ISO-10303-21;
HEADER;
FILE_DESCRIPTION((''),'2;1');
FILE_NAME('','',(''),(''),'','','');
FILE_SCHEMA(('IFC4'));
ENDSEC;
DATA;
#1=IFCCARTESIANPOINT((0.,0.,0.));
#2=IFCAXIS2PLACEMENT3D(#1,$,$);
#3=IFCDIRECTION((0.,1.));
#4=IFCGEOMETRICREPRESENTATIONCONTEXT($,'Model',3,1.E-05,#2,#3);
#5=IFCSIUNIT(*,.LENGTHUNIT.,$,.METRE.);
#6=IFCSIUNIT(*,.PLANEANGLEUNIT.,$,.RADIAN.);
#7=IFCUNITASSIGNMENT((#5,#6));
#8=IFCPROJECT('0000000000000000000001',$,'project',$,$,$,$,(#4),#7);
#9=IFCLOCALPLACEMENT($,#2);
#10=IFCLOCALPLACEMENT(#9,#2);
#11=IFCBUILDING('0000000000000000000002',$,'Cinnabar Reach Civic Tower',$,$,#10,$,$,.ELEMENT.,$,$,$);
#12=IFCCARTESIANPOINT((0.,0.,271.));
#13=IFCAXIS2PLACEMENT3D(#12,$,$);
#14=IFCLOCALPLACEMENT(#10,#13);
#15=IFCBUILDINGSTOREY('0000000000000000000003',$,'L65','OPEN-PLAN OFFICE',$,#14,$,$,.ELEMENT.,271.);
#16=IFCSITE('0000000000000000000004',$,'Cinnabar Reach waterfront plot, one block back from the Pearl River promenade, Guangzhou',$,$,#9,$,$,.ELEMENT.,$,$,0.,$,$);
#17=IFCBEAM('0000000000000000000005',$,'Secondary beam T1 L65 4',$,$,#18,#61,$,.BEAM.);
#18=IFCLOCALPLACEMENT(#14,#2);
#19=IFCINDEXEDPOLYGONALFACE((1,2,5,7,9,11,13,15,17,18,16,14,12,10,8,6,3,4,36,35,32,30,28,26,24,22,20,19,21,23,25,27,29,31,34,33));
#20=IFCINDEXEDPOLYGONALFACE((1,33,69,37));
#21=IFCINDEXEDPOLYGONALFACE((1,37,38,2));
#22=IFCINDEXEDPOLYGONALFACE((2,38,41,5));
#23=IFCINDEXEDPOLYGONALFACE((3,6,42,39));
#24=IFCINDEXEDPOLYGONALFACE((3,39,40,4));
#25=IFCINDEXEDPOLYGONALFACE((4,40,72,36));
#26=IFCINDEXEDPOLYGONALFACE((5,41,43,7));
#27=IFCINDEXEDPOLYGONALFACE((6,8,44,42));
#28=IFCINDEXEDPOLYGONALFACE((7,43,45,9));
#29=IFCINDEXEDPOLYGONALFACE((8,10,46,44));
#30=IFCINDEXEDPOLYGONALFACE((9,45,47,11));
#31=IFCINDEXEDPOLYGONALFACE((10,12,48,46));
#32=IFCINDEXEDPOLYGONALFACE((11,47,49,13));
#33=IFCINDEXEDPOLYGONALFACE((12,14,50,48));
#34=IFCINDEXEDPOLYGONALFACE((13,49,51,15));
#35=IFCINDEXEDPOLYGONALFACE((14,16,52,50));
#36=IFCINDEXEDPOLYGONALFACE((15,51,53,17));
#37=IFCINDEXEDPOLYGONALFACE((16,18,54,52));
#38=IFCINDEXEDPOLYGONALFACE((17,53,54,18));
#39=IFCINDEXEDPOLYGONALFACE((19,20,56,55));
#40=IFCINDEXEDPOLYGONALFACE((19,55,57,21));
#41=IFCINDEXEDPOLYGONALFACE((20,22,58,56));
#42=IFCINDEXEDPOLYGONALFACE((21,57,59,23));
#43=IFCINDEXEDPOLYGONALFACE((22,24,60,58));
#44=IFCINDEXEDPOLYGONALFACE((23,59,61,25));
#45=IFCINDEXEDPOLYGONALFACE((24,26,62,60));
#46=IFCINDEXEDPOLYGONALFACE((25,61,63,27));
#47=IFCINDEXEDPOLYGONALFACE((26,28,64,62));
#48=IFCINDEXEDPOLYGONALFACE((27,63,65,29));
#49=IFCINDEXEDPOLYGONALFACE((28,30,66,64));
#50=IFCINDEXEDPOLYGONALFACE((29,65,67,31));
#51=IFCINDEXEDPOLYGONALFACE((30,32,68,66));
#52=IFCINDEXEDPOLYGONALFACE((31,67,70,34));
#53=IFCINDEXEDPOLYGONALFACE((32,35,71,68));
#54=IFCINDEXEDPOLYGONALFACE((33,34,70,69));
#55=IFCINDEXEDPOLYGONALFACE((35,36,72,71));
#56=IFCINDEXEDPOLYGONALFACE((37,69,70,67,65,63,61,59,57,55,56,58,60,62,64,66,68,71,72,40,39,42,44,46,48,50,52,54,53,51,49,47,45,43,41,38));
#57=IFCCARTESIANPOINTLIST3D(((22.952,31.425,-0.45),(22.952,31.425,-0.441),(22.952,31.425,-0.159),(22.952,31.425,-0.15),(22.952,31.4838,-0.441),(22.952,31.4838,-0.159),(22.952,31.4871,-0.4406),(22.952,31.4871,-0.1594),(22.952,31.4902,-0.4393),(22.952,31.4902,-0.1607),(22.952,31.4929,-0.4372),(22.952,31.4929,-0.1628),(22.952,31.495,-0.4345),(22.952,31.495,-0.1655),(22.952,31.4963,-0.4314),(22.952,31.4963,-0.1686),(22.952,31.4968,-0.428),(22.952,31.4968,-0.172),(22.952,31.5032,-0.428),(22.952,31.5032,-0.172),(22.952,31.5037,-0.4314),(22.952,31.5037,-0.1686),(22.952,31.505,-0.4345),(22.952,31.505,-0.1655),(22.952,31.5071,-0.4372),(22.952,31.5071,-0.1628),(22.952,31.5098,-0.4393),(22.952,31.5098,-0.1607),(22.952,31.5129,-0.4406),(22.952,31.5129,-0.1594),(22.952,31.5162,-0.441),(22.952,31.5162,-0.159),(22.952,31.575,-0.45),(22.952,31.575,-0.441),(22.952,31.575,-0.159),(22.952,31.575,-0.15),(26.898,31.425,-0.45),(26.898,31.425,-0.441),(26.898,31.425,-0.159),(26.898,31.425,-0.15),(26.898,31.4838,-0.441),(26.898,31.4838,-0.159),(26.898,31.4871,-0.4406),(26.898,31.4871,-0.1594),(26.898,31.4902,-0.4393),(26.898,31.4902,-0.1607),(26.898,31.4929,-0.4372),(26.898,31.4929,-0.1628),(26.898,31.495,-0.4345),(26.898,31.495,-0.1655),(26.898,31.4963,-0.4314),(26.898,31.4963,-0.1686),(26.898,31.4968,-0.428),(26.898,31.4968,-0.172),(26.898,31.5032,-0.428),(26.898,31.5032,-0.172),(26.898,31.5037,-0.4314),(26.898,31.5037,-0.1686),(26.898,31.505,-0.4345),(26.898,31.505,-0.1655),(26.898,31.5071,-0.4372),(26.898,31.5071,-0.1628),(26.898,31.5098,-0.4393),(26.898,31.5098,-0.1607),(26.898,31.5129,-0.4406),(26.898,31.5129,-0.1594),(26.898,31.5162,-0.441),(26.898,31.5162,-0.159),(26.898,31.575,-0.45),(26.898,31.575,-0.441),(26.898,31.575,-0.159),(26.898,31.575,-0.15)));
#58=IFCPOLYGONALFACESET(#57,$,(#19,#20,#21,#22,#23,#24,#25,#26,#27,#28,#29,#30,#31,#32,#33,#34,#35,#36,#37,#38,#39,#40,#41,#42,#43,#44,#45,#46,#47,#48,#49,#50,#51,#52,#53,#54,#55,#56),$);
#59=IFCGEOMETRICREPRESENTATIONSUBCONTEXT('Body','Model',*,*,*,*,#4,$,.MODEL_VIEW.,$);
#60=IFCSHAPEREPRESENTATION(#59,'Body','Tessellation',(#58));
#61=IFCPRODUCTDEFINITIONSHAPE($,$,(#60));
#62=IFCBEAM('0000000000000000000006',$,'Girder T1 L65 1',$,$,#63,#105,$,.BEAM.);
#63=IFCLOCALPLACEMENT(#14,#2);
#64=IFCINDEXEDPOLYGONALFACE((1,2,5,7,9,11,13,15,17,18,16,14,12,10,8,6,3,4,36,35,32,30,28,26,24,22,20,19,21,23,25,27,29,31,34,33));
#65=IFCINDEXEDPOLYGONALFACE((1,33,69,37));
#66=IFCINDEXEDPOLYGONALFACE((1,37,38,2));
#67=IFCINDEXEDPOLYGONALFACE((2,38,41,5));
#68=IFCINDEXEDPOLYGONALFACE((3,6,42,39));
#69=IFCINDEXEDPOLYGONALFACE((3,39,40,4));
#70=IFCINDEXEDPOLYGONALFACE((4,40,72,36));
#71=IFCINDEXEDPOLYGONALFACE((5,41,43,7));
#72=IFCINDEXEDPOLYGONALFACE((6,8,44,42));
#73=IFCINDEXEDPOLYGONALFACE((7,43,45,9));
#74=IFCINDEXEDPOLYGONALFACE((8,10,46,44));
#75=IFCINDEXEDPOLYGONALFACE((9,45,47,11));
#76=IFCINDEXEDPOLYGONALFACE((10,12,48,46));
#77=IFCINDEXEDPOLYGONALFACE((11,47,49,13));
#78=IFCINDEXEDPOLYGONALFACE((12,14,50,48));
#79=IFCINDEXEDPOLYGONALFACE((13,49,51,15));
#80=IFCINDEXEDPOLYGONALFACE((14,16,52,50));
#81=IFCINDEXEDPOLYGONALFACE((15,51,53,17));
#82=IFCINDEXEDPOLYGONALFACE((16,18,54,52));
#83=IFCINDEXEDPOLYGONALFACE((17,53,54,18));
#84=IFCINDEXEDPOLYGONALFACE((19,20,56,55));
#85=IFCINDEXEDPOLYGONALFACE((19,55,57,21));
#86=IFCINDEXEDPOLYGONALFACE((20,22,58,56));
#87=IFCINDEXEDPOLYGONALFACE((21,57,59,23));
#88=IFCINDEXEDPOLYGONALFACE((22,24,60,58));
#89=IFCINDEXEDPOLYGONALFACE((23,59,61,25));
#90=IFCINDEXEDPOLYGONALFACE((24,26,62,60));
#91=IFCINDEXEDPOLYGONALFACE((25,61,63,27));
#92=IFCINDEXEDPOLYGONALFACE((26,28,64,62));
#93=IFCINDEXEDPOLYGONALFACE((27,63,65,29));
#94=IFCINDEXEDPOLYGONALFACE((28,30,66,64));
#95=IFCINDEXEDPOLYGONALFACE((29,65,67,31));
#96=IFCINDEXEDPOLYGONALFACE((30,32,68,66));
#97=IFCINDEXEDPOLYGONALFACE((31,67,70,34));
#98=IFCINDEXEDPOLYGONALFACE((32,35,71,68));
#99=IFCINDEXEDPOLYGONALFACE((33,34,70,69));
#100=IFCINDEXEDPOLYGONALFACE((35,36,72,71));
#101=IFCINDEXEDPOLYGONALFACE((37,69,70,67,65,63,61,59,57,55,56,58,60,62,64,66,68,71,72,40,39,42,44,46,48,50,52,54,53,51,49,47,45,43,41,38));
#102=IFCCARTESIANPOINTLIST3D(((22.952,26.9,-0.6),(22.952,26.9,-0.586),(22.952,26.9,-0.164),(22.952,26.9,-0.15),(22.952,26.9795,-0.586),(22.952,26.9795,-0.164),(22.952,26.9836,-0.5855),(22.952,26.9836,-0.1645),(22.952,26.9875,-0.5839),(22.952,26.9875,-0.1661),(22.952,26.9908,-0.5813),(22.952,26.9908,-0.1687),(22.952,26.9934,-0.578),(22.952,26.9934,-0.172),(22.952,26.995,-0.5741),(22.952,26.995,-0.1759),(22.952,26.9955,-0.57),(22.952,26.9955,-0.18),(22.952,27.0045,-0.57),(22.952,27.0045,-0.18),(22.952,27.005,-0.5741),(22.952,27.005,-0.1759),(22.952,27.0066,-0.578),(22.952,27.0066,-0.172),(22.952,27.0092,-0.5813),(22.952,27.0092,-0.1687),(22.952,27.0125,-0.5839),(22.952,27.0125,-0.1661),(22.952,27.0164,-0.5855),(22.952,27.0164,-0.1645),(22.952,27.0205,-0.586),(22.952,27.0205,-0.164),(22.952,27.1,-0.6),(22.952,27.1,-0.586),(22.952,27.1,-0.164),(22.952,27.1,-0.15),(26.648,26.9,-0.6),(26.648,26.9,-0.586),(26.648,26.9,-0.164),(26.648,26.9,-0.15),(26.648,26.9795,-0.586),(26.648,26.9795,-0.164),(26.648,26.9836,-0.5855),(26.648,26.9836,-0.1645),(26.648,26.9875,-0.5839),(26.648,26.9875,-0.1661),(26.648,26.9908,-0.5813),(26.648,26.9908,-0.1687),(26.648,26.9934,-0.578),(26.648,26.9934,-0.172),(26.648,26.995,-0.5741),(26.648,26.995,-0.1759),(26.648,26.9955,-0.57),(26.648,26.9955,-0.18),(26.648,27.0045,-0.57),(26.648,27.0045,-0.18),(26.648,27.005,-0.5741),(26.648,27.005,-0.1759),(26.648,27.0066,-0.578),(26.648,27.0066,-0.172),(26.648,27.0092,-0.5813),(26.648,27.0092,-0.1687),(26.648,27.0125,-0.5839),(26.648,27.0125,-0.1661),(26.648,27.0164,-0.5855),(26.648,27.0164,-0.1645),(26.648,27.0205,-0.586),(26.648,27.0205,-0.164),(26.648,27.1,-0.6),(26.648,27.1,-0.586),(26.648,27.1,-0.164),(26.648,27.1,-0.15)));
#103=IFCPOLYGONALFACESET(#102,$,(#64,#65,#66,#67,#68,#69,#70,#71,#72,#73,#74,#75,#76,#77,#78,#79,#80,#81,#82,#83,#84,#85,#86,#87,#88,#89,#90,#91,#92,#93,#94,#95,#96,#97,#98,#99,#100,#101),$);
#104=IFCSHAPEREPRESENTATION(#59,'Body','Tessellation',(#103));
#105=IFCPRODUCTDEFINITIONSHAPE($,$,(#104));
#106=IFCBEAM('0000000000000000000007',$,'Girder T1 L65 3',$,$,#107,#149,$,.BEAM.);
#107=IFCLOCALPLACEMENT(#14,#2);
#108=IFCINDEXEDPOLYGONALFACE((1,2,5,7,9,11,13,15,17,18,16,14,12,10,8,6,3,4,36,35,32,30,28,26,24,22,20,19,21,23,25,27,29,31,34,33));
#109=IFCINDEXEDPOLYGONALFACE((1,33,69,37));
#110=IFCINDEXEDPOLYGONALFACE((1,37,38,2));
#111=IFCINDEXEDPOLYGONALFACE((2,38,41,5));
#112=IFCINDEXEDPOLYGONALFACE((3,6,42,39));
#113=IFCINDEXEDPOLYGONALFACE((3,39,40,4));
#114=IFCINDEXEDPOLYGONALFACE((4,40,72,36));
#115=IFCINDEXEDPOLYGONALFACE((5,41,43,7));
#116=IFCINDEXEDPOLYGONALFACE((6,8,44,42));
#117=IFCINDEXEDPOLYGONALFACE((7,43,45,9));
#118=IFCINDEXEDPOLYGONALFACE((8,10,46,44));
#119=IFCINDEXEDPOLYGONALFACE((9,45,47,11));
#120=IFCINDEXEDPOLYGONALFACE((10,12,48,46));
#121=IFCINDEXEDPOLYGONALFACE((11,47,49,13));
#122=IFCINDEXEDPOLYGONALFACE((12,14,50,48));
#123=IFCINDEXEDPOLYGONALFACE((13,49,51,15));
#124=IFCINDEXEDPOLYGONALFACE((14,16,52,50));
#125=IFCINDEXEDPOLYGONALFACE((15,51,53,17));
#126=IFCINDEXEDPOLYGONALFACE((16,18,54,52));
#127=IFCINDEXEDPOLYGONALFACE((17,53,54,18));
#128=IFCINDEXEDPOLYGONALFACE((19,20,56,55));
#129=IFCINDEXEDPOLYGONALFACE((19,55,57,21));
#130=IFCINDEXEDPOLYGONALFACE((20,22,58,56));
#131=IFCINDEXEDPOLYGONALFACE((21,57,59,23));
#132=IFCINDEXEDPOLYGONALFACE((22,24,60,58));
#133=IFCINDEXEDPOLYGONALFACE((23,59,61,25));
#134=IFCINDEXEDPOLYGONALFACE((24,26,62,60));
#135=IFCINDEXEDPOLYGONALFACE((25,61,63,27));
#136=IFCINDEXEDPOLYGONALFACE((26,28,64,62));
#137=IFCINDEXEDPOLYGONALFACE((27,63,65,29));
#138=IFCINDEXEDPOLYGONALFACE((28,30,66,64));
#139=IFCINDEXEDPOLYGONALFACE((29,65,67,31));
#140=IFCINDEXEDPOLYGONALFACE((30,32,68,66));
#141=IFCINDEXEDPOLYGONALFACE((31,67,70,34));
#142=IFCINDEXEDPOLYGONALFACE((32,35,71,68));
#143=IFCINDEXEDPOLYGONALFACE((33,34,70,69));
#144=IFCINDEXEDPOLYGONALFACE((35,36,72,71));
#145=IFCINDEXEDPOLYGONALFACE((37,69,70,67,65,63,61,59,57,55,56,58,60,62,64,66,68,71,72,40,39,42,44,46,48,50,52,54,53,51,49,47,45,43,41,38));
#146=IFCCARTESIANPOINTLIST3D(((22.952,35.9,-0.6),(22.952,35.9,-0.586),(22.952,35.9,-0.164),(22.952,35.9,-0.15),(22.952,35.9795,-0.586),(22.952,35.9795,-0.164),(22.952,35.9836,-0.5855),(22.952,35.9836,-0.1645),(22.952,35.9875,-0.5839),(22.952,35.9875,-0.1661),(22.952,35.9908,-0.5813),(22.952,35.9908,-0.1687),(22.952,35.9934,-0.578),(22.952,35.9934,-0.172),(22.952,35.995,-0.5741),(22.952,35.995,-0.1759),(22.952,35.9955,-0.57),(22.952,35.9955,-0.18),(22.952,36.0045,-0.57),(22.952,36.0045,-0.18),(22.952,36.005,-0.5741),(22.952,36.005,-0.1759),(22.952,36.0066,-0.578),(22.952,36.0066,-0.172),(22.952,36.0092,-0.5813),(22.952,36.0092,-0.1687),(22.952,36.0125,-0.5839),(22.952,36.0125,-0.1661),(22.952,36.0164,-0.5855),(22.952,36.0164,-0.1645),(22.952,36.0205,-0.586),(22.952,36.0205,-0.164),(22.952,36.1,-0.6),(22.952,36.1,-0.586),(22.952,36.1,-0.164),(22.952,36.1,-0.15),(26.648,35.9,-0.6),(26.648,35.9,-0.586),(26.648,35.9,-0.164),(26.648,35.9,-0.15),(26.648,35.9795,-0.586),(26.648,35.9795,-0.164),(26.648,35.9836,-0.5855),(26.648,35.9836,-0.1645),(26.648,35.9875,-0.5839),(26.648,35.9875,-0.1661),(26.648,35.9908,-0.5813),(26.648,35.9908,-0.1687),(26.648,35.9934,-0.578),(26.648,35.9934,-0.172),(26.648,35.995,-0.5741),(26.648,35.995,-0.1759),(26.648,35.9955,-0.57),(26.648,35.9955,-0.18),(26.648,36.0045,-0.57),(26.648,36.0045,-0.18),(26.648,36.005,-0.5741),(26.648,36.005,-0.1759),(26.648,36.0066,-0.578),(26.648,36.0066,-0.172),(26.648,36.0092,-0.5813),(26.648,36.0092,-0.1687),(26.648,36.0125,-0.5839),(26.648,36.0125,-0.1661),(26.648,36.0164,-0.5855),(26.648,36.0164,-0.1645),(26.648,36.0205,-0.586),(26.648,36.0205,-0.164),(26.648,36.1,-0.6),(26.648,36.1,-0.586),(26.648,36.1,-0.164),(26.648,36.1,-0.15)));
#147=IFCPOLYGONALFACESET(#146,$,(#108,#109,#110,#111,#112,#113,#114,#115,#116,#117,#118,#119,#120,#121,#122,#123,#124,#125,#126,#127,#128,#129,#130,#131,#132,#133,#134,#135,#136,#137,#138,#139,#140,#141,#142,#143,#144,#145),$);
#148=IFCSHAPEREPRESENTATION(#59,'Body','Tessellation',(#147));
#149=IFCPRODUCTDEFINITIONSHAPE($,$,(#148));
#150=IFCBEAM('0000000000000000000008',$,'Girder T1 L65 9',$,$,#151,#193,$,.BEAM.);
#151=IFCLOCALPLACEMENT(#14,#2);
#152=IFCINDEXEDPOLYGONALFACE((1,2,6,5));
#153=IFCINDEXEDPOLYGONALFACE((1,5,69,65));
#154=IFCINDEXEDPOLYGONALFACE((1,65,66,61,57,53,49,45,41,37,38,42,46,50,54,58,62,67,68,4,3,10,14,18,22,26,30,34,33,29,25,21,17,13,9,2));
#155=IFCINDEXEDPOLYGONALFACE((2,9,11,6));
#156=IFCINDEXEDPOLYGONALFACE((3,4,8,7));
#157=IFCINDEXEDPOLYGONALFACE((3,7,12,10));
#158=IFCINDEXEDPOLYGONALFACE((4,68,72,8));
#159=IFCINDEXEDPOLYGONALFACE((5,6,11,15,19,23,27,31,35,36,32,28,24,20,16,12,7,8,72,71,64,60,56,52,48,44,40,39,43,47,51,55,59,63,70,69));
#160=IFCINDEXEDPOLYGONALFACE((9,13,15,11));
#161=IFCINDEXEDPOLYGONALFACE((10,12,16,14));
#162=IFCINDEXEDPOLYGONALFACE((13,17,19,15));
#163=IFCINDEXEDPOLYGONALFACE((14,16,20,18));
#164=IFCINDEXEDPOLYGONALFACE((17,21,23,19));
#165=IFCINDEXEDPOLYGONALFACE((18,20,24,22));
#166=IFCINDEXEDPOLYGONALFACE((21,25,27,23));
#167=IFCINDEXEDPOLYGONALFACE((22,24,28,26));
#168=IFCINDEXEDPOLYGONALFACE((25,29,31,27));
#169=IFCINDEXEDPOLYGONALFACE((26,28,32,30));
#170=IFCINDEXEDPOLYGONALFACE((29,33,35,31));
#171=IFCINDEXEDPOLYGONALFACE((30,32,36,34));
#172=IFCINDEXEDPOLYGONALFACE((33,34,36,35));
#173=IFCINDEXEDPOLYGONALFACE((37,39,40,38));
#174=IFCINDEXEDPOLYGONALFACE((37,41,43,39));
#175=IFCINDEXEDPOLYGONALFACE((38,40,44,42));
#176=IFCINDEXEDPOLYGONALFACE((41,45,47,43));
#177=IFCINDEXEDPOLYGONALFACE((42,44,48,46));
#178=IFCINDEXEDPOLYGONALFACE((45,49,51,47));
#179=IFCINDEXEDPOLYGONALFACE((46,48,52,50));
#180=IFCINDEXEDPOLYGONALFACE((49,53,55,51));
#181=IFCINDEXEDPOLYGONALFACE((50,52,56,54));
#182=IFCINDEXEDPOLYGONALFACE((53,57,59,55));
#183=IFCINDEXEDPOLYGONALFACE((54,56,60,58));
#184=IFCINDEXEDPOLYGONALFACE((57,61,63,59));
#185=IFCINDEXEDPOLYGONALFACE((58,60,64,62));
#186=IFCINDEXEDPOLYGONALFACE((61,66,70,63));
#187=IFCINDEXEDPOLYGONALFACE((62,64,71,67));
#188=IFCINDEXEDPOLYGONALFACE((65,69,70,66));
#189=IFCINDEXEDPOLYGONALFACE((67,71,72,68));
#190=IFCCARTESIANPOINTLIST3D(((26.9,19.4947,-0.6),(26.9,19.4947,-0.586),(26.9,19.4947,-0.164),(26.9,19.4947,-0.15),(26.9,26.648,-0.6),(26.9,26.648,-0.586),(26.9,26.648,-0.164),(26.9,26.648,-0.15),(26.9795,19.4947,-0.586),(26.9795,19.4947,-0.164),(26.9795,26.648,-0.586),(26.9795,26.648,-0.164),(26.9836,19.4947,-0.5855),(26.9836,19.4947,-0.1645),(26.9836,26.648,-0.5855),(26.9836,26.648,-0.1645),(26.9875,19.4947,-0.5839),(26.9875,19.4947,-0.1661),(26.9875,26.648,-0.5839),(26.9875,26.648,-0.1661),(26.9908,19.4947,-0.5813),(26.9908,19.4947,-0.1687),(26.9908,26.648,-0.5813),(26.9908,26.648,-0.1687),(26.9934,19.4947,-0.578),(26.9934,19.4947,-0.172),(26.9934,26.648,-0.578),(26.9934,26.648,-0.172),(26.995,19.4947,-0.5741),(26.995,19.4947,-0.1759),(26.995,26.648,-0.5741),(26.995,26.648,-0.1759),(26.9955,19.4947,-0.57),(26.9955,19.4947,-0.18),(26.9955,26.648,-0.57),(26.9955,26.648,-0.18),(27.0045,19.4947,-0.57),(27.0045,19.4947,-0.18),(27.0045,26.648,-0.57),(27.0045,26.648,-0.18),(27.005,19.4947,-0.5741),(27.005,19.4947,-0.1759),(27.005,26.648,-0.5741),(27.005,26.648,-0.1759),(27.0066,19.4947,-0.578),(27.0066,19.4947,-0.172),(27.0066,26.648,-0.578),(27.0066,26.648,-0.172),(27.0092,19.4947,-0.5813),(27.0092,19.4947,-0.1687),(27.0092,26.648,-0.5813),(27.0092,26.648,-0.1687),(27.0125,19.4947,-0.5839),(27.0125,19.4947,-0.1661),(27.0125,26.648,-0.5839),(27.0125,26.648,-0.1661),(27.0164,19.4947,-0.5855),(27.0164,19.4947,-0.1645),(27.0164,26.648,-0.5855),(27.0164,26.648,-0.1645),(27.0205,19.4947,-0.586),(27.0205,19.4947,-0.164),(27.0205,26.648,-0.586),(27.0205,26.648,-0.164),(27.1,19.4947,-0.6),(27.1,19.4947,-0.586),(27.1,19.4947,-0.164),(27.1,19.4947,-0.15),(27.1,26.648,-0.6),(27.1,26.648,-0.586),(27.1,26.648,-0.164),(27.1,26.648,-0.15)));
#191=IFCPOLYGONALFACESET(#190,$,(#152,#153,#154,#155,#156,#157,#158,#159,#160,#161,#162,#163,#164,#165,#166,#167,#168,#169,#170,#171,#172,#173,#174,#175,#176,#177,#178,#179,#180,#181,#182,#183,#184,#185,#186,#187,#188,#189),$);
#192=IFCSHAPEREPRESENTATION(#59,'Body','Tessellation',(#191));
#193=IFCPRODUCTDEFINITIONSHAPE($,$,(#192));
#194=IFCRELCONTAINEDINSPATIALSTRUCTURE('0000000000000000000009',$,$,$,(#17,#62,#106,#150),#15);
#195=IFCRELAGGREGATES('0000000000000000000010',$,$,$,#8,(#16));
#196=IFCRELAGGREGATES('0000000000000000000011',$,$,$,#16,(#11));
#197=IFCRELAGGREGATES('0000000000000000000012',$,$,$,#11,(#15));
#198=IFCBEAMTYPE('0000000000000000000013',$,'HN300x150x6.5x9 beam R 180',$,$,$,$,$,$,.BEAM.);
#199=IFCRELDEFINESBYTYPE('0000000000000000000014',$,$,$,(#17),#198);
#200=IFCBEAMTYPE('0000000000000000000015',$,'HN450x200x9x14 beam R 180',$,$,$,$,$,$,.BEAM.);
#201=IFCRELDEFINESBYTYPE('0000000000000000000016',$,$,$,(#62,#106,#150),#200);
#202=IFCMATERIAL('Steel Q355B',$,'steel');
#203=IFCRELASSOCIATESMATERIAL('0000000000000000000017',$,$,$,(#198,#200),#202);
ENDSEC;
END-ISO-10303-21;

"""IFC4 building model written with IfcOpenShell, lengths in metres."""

from ifc_helpers import new_model, si_unit, direction, frame, origin, origin_2d, place, context, subcontext, project, spatial, i_section, extrude, material, material_profile, profile_set, type_object, element, save


model = new_model("IFC4")

# Units and contexts
model_context = context("Model", 3, precision=1e-05, world=origin(), true_north=direction((0.0, 1.0)))
body_context = subcontext(model_context, "Body", "Model", "MODEL_VIEW")
ifc_project = project(units=[si_unit("LENGTHUNIT", "METRE"), si_unit("PLANEANGLEUNIT", "RADIAN")], contexts=[model_context])

# Site, building, storey
site_placement = place(None, origin())
site = spatial("IfcSite", under=ifc_project, at=site_placement, Name="Cinnabar Reach waterfront plot, one block back from the Pearl River promenade, Guangzhou", CompositionType="ELEMENT", RefElevation=0.0)
building_placement = place(site_placement, origin())
building = spatial("IfcBuilding", under=site, at=building_placement, Name="Cinnabar Reach Civic Tower", CompositionType="ELEMENT")
storey_placement = place(building_placement, frame((0.0, 0.0, 271.0)))
storey = spatial("IfcBuildingStorey", under=building, at=storey_placement, Name="L65", Description="OPEN-PLAN OFFICE", CompositionType="ELEMENT", Elevation=271.0)

# Beams
ifc_material_1 = material(Name="Steel Q355B", Category="steel")
ifc_material_profile_1 = material_profile(ifc_material_1, i_section(OverallWidth=0.15, OverallDepth=0.3, WebThickness=0.0065, FlangeThickness=0.009, FilletRadius=0.013, at=origin_2d()), Name="HN300x150x6.5x9")
ifc_profile_set_1 = profile_set([ifc_material_profile_1], Name="Steel Q355B")
beam_type_1 = type_object("IfcBeamType", Name="HN300x150x6.5x9 beam R 180", PredefinedType="BEAM", material=ifc_profile_set_1)
for number, where, z_axis, x_axis, name in (
    (1, (22.952, 31.5, -0.3), (1.0, 0.0, 0.0), (0.0, 1.0, 0.0), "Secondary beam T1 L65 4"),
):
    element("IfcBeam", number, at=place(storey_placement, frame(where, z_axis=z_axis, x_axis=x_axis)), inside=storey, type_object=beam_type_1, Name=name, PredefinedType="BEAM", context=body_context, shape_type="SweptSolid", body=[
        extrude(i_section(OverallWidth=0.15, OverallDepth=0.3, WebThickness=0.0065, FlangeThickness=0.009, FilletRadius=0.013, at=origin_2d()), origin(), (0.0, 0.0, 1.0), 3.946),
    ])
ifc_material_profile_2 = material_profile(ifc_material_1, i_section(OverallWidth=0.2, OverallDepth=0.45, WebThickness=0.009, FlangeThickness=0.014, FilletRadius=0.016, at=origin_2d()), Name="HN450x200x9x14")
ifc_profile_set_2 = profile_set([ifc_material_profile_2], Name="Steel Q355B")
beam_type_2 = type_object("IfcBeamType", Name="HN450x200x9x14 beam R 180", PredefinedType="BEAM", material=ifc_profile_set_2)
for number, where, z_axis, x_axis, name in (
    (2, (22.952, 27.0, -0.375), (1.0, 0.0, 0.0), (0.0, 1.0, 0.0), "Girder T1 L65 1"),
    (3, (22.952, 36.0, -0.375), (1.0, 0.0, 0.0), (0.0, 1.0, 0.0), "Girder T1 L65 3"),
):
    element("IfcBeam", number, at=place(storey_placement, frame(where, z_axis=z_axis, x_axis=x_axis)), inside=storey, type_object=beam_type_2, Name=name, PredefinedType="BEAM", context=body_context, shape_type="SweptSolid", body=[
        extrude(i_section(OverallWidth=0.2, OverallDepth=0.45, WebThickness=0.009, FlangeThickness=0.014, FilletRadius=0.016, at=origin_2d()), origin(), (0.0, 0.0, 1.0), 3.696),
    ])
beam_1_placement = place(storey_placement, frame((27.0, 19.4947, -0.375), z_axis=(0.0, 1.0, 0.0), x_axis=(-1.0, 0.0, 0.0)))
element("IfcBeam", 4, at=beam_1_placement, inside=storey, type_object=beam_type_2, Name="Girder T1 L65 9", PredefinedType="BEAM", context=body_context, shape_type="SweptSolid", body=[
    extrude(i_section(OverallWidth=0.2, OverallDepth=0.45, WebThickness=0.009, FlangeThickness=0.014, FilletRadius=0.016, at=origin_2d()), origin(), (0.0, 0.0, 1.0), 7.1533),
])

save(model, "model.ifc")
